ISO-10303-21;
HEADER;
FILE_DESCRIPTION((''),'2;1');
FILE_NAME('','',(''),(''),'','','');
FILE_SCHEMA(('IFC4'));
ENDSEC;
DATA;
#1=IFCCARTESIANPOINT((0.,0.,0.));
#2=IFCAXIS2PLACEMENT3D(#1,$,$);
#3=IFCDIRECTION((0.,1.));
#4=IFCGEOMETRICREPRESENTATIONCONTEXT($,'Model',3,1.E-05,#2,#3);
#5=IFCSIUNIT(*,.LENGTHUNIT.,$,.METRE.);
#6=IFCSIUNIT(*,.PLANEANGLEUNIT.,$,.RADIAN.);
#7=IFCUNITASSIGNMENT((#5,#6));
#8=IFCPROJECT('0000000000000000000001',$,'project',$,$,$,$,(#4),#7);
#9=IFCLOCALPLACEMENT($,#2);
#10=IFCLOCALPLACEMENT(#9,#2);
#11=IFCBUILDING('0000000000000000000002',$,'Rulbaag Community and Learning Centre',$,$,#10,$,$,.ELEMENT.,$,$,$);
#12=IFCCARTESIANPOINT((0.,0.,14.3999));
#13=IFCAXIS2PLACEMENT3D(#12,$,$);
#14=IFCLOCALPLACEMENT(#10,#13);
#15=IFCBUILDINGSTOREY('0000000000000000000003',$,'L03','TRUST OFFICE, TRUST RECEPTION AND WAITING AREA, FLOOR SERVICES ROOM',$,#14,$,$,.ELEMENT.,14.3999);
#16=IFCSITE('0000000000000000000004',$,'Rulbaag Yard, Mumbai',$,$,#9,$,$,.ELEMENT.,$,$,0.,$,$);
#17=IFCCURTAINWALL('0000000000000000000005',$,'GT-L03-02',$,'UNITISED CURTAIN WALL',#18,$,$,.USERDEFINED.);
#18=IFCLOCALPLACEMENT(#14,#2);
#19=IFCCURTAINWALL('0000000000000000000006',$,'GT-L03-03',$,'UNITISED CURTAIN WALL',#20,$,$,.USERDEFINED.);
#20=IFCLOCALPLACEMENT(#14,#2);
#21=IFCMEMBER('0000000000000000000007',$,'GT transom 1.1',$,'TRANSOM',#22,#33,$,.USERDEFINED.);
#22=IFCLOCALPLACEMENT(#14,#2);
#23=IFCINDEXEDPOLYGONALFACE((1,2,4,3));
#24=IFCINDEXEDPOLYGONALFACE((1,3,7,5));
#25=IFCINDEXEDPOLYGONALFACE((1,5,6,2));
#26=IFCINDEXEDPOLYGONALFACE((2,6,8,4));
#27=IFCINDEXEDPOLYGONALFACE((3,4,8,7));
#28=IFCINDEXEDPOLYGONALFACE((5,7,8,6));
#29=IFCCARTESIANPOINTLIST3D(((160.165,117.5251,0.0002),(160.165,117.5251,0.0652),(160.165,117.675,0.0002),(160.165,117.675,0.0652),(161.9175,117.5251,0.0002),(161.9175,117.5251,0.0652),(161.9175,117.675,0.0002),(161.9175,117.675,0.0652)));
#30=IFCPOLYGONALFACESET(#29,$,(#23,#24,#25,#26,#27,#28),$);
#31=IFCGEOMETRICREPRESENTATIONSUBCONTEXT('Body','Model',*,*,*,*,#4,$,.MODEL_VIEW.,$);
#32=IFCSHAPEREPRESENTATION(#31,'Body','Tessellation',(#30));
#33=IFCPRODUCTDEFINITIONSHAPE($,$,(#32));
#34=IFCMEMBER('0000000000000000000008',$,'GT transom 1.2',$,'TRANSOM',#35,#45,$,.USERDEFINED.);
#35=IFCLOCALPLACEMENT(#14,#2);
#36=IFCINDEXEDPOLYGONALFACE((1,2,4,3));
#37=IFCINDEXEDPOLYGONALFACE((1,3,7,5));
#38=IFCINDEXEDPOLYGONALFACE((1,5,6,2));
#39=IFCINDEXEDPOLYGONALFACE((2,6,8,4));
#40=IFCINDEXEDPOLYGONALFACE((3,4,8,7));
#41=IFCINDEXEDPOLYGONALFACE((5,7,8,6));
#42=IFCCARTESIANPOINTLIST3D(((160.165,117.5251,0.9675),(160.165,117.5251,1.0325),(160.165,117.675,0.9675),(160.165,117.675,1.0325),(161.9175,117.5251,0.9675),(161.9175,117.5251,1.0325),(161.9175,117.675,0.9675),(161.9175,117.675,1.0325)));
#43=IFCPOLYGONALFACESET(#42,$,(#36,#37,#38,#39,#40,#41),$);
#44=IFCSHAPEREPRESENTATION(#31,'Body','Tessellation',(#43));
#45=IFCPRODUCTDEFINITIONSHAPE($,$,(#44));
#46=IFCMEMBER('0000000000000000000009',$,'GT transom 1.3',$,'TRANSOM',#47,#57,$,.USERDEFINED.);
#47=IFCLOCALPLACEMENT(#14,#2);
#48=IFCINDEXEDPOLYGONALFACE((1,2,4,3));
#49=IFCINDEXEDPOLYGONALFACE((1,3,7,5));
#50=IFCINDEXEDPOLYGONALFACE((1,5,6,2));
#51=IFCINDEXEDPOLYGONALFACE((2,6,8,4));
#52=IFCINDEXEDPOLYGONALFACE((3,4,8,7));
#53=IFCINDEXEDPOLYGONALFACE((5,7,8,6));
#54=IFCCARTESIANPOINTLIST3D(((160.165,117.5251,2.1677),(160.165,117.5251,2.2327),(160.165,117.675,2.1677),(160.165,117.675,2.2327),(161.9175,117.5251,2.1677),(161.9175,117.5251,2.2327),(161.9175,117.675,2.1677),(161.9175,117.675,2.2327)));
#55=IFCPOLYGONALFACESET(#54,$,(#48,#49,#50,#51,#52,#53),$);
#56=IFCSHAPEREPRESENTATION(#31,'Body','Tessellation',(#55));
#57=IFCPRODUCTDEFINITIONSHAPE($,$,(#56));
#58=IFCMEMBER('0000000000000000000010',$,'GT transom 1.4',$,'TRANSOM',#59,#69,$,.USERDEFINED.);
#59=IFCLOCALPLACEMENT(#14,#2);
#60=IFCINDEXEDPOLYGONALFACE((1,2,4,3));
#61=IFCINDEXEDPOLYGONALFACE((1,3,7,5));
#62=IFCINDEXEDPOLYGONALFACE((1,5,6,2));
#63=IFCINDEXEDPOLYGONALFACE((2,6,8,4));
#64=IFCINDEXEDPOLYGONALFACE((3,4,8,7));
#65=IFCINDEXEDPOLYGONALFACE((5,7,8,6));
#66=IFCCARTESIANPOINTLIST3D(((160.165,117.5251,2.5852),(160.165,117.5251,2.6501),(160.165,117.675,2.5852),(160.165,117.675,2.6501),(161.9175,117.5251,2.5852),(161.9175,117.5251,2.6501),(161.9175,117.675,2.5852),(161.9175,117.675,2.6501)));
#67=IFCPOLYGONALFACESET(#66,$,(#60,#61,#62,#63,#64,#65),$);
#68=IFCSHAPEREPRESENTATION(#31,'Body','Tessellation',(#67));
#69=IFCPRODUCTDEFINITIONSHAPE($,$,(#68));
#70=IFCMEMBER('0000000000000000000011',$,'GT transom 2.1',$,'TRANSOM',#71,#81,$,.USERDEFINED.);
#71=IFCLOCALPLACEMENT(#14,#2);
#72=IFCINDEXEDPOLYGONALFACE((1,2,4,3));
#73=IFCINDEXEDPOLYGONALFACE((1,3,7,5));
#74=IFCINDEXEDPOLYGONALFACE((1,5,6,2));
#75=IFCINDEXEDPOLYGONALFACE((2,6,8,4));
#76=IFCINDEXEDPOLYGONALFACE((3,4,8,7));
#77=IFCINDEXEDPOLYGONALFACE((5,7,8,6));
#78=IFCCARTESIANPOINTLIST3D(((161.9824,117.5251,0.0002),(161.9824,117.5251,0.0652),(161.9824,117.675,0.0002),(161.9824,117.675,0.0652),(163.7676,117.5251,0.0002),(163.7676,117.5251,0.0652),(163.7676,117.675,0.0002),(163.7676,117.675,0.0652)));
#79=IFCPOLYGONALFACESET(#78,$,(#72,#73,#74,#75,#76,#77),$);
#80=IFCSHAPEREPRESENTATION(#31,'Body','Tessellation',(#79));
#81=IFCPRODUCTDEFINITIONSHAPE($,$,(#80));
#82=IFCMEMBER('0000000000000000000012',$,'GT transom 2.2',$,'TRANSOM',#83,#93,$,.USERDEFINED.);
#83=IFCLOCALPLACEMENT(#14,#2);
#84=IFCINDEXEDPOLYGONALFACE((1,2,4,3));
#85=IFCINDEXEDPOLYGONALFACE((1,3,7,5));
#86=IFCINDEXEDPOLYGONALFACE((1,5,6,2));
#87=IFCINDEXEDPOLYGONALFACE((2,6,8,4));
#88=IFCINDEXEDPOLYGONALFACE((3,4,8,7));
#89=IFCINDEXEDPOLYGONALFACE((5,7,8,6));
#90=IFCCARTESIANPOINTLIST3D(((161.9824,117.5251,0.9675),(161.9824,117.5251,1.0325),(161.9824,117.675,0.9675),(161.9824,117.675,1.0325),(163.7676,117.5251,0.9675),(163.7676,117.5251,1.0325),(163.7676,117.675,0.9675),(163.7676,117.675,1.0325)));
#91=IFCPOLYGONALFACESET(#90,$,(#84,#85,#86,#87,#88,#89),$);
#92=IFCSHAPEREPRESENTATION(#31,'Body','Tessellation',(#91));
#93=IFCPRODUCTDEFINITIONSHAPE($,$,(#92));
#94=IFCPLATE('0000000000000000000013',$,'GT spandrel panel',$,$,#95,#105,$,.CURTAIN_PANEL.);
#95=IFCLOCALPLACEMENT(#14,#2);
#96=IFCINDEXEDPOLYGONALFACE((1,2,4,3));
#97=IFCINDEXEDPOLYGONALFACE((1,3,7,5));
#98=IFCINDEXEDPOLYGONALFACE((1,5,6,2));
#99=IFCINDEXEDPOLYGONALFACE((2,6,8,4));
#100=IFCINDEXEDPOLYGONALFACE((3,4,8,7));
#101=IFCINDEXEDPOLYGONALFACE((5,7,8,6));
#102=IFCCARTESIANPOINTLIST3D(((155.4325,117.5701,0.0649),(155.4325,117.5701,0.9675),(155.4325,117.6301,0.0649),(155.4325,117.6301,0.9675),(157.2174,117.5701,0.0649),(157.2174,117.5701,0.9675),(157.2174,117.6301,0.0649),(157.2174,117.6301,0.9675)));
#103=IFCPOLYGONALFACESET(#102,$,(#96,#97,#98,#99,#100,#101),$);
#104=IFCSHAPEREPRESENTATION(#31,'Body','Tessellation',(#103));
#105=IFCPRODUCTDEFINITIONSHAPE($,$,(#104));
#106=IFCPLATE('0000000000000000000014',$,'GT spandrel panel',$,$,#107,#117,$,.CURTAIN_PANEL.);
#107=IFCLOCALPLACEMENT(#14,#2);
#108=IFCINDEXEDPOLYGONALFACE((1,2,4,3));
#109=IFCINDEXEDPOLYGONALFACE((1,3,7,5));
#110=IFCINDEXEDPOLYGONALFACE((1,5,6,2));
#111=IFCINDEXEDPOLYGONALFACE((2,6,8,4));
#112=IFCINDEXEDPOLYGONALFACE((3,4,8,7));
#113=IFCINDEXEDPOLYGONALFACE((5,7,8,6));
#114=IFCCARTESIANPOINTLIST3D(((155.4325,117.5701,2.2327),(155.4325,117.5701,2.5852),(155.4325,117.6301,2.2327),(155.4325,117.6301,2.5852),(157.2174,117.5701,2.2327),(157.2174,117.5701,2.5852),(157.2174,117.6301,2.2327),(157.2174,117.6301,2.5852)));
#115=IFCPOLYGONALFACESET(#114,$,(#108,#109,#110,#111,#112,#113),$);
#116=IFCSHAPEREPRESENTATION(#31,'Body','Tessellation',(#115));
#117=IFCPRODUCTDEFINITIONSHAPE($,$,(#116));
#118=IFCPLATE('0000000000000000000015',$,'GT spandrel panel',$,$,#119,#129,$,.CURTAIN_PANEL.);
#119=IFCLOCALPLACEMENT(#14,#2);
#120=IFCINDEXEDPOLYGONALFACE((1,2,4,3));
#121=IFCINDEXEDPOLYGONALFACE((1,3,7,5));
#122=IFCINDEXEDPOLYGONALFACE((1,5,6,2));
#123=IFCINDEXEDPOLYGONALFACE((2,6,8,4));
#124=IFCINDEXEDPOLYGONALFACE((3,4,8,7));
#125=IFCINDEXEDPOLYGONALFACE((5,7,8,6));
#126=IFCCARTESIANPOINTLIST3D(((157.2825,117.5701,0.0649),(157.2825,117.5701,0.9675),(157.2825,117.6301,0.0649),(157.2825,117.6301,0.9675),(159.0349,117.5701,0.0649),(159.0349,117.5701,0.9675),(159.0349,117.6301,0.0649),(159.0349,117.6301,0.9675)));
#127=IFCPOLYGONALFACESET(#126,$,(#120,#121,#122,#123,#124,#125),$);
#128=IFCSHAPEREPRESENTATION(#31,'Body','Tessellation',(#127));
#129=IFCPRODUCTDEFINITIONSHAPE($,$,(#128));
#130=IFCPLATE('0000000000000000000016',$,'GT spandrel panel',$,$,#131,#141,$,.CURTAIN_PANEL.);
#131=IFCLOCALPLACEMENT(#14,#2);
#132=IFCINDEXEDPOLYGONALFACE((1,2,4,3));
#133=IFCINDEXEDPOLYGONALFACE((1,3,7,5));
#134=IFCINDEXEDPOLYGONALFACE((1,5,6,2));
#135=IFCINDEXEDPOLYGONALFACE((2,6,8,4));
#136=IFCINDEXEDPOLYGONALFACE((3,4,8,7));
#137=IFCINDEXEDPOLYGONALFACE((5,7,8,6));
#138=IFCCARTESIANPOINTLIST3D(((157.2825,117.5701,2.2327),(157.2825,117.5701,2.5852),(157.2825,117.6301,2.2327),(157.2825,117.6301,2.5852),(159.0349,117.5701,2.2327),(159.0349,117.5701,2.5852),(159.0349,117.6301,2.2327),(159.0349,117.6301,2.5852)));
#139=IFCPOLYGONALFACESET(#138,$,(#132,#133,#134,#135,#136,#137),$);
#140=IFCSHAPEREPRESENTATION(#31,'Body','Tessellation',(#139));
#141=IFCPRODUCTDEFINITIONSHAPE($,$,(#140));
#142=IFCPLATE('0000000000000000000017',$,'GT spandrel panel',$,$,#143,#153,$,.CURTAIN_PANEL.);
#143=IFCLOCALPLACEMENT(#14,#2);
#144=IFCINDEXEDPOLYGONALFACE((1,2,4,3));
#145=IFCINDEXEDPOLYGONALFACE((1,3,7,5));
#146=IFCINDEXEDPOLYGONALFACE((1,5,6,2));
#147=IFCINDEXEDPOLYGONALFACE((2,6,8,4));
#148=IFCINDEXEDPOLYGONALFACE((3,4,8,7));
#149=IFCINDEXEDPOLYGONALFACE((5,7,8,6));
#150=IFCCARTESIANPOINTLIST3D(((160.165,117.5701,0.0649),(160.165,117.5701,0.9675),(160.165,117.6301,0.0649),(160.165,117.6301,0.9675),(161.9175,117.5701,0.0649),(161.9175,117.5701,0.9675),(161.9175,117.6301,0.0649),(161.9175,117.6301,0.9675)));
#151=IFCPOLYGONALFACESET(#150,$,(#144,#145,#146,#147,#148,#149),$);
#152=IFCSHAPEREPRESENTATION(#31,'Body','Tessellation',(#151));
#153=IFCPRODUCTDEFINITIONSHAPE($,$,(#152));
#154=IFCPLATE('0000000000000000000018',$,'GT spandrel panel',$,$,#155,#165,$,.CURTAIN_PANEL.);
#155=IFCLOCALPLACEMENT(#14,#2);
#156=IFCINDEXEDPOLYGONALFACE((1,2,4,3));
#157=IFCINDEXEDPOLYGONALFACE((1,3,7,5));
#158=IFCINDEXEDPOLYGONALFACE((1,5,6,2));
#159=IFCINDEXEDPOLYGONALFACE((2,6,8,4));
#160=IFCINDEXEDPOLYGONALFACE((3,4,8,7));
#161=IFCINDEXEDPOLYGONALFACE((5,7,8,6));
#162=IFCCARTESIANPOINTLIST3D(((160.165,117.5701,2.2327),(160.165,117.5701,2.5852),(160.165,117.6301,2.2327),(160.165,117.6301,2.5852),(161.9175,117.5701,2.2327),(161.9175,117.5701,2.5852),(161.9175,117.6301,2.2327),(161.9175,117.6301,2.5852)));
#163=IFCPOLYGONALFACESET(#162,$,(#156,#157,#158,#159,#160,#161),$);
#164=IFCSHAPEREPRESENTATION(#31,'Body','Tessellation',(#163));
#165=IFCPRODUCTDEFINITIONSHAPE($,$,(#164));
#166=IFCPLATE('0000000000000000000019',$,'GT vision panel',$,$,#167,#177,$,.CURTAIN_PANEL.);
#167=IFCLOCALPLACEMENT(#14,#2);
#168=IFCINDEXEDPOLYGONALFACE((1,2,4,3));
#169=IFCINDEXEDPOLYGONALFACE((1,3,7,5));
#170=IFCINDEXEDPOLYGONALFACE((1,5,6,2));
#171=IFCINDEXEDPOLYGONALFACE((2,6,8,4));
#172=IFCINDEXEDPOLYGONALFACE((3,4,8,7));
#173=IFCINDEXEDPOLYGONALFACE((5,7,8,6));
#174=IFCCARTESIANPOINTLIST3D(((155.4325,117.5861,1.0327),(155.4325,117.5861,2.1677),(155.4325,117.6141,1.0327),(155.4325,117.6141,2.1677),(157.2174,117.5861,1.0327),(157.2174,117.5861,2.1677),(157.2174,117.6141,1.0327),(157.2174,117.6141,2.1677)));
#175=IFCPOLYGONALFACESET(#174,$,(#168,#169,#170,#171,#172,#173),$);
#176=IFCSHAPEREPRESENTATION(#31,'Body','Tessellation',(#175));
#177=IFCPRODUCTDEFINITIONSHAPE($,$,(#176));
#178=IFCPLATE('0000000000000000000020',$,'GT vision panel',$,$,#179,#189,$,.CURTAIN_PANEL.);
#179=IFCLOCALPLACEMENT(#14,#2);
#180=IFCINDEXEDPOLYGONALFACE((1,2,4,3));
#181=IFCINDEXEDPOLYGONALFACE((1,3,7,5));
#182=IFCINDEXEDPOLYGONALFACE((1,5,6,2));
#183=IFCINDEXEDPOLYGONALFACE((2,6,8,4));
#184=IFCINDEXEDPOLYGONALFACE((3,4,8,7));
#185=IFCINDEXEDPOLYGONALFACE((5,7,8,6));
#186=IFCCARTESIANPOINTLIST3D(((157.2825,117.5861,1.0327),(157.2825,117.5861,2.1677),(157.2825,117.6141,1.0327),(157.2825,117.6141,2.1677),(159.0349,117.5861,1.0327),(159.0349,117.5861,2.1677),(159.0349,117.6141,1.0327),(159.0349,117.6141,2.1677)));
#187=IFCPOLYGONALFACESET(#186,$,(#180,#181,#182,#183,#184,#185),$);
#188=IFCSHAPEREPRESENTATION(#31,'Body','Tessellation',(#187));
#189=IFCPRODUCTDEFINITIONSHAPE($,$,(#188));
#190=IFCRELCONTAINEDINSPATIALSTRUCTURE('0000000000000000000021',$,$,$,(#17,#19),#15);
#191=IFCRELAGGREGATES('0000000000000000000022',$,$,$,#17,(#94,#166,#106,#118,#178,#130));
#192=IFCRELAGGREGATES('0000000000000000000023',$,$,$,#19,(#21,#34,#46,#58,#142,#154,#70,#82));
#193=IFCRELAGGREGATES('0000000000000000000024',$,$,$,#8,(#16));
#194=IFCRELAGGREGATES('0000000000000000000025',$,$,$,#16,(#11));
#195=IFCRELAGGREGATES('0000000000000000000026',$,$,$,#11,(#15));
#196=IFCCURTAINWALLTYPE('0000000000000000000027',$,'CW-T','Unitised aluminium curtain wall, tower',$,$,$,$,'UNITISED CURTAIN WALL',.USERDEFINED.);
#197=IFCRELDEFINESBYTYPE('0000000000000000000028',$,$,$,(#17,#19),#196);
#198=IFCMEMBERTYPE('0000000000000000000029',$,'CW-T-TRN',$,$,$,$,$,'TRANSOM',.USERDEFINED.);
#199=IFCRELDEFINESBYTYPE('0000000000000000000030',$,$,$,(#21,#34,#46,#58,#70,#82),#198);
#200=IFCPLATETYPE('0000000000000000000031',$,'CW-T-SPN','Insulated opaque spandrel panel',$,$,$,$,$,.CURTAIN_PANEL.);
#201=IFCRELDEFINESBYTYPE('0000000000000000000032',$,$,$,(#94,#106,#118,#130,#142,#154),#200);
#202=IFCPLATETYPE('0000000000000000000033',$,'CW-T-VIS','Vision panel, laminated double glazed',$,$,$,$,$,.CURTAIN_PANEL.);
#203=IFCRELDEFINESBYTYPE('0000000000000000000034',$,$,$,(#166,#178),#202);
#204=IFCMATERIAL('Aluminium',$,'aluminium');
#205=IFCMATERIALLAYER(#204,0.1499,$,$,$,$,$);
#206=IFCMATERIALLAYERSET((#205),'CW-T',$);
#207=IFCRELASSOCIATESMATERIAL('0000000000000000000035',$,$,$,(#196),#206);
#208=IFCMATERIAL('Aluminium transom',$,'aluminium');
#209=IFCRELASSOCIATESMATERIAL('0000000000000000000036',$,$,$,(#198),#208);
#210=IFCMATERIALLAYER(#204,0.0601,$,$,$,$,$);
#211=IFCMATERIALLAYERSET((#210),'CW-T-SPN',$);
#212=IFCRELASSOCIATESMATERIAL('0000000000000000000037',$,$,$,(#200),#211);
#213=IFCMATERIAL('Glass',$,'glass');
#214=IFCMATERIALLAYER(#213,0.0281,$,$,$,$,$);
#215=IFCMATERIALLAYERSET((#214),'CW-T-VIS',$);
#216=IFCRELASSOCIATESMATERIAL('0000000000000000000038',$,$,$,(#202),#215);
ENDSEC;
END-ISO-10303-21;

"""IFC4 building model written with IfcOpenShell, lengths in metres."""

from ifc_helpers import new_model, si_unit, direction, frame, origin, origin_2d, place, context, subcontext, project, spatial, rectangle, extrude, material, layer, layer_set, material_profile, profile_set, type_object, element, aggregate, save


model = new_model("IFC4")

# Units and contexts
model_context = context("Model", 3, precision=1e-05, world=origin(), true_north=direction((0.0, 1.0)))
body_context = subcontext(model_context, "Body", "Model", "MODEL_VIEW")
ifc_project = project(units=[si_unit("LENGTHUNIT", "METRE"), si_unit("PLANEANGLEUNIT", "RADIAN")], contexts=[model_context])

# Site, building, storey
site_placement = place(None, origin())
site = spatial("IfcSite", under=ifc_project, at=site_placement, Name="Rulbaag Yard, Mumbai", CompositionType="ELEMENT", RefElevation=0.0)
building_placement = place(site_placement, origin())
building = spatial("IfcBuilding", under=site, at=building_placement, Name="Rulbaag Community and Learning Centre", CompositionType="ELEMENT")
storey_placement = place(building_placement, frame((0.0, 0.0, 14.3999)))
storey = spatial("IfcBuildingStorey", under=building, at=storey_placement, Name="L03", Description="TRUST OFFICE, TRUST RECEPTION AND WAITING AREA, FLOOR SERVICES ROOM", CompositionType="ELEMENT", Elevation=14.3999)

# Curtain walls
ifc_material_1 = material(Name="Aluminium", Category="aluminium")
ifc_layer_1 = layer(ifc_material_1, 0.1499)
ifc_layer_set_1 = layer_set([ifc_layer_1], Name="CW-T")
curtain_wall_type = type_object("IfcCurtainWallType", Name="CW-T", Description="Unitised aluminium curtain wall, tower", ElementType="UNITISED CURTAIN WALL", PredefinedType="USERDEFINED", material=ifc_layer_set_1)
curtain_wall_1_placement = place(storey_placement, origin())
curtain_wall_1 = element("IfcCurtainWall", 1, at=curtain_wall_1_placement, inside=storey, type_object=curtain_wall_type, Name="GT-L03-02", ObjectType="UNITISED CURTAIN WALL", PredefinedType="USERDEFINED")
curtain_wall_2_placement = place(storey_placement, origin())
curtain_wall_2 = element("IfcCurtainWall", 2, at=curtain_wall_2_placement, inside=storey, type_object=curtain_wall_type, Name="GT-L03-03", ObjectType="UNITISED CURTAIN WALL", PredefinedType="USERDEFINED")

# Members
ifc_material_2 = material(Name="Aluminium transom", Category="aluminium")
ifc_material_profile_1 = material_profile(ifc_material_2, rectangle(XDim=0.1499, YDim=0.0649, at=origin_2d()), Name="AL 65x150 T")
ifc_profile_set_1 = profile_set([ifc_material_profile_1], Name="Aluminium transom")
member_type_1 = type_object("IfcMemberType", Name="CW-T-TRN", ElementType="TRANSOM", PredefinedType="USERDEFINED", material=ifc_profile_set_1)
member_1_placement = place(storey_placement, frame((160.165, 117.6001, 0.0327), z_axis=(1.0, 0.0, 0.0), x_axis=(0.0, 1.0, 0.0)))
member_1 = element("IfcMember", 3, at=member_1_placement, type_object=member_type_1, Name="GT transom 1.1", ObjectType="TRANSOM", PredefinedType="USERDEFINED", context=body_context, shape_type="SweptSolid", body=[
    extrude(rectangle(XDim=0.1499, YDim=0.0649, at=origin_2d()), origin(), (0.0, 0.0, 1.0), 1.7524),
])
member_2_placement = place(storey_placement, frame((160.165, 117.6001, 1.0), z_axis=(1.0, 0.0, 0.0), x_axis=(0.0, 1.0, 0.0)))
member_2 = element("IfcMember", 4, at=member_2_placement, type_object=member_type_1, Name="GT transom 1.2", ObjectType="TRANSOM", PredefinedType="USERDEFINED", context=body_context, shape_type="SweptSolid", body=[
    extrude(rectangle(XDim=0.1499, YDim=0.0649, at=origin_2d()), origin(), (0.0, 0.0, 1.0), 1.7524),
])
member_3_placement = place(storey_placement, frame((160.165, 117.6001, 2.2002), z_axis=(1.0, 0.0, 0.0), x_axis=(0.0, 1.0, 0.0)))
member_3 = element("IfcMember", 5, at=member_3_placement, type_object=member_type_1, Name="GT transom 1.3", ObjectType="TRANSOM", PredefinedType="USERDEFINED", context=body_context, shape_type="SweptSolid", body=[
    extrude(rectangle(XDim=0.1499, YDim=0.0649, at=origin_2d()), origin(), (0.0, 0.0, 1.0), 1.7524),
])
member_4_placement = place(storey_placement, frame((160.165, 117.6001, 2.6177), z_axis=(1.0, 0.0, 0.0), x_axis=(0.0, 1.0, 0.0)))
member_4 = element("IfcMember", 6, at=member_4_placement, type_object=member_type_1, Name="GT transom 1.4", ObjectType="TRANSOM", PredefinedType="USERDEFINED", context=body_context, shape_type="SweptSolid", body=[
    extrude(rectangle(XDim=0.1499, YDim=0.0649, at=origin_2d()), origin(), (0.0, 0.0, 1.0), 1.7524),
])
member_5_placement = place(storey_placement, frame((161.9824, 117.6001, 0.0327), z_axis=(1.0, 0.0, 0.0), x_axis=(0.0, 1.0, 0.0)))
member_5 = element("IfcMember", 7, at=member_5_placement, type_object=member_type_1, Name="GT transom 2.1", ObjectType="TRANSOM", PredefinedType="USERDEFINED", context=body_context, shape_type="SweptSolid", body=[
    extrude(rectangle(XDim=0.1499, YDim=0.0649, at=origin_2d()), origin(), (0.0, 0.0, 1.0), 1.7852),
])
member_6_placement = place(storey_placement, frame((161.9824, 117.6001, 1.0), z_axis=(1.0, 0.0, 0.0), x_axis=(0.0, 1.0, 0.0)))
member_6 = element("IfcMember", 8, at=member_6_placement, type_object=member_type_1, Name="GT transom 2.2", ObjectType="TRANSOM", PredefinedType="USERDEFINED", context=body_context, shape_type="SweptSolid", body=[
    extrude(rectangle(XDim=0.1499, YDim=0.0649, at=origin_2d()), origin(), (0.0, 0.0, 1.0), 1.7852),
])

# Plates
ifc_layer_2 = layer(ifc_material_1, 0.0601)
ifc_layer_set_2 = layer_set([ifc_layer_2], Name="CW-T-SPN")
plate_type_1 = type_object("IfcPlateType", Name="CW-T-SPN", Description="Insulated opaque spandrel panel", PredefinedType="CURTAIN_PANEL", material=ifc_layer_set_2)
plate_1_placement = place(storey_placement, frame((156.325, 117.6001, 0.0649), z_axis=(0.0, 0.0, 1.0), x_axis=(1.0, 0.0, 0.0)))
plate_1 = element("IfcPlate", 9, at=plate_1_placement, type_object=plate_type_1, Name="GT spandrel panel", PredefinedType="CURTAIN_PANEL", context=body_context, shape_type="SweptSolid", body=[
    extrude(rectangle(XDim=1.7849, YDim=0.0601, at=origin_2d()), origin(), (0.0, 0.0, 1.0), 0.9026),
])
plate_2_placement = place(storey_placement, frame((156.325, 117.6001, 2.2327), z_axis=(0.0, 0.0, 1.0), x_axis=(1.0, 0.0, 0.0)))
plate_2 = element("IfcPlate", 10, at=plate_2_placement, type_object=plate_type_1, Name="GT spandrel panel", PredefinedType="CURTAIN_PANEL", context=body_context, shape_type="SweptSolid", body=[
    extrude(rectangle(XDim=1.7849, YDim=0.0601, at=origin_2d()), origin(), (0.0, 0.0, 1.0), 0.3525),
])
plate_3_placement = place(storey_placement, frame((158.1587, 117.6001, 0.0649), z_axis=(0.0, 0.0, 1.0), x_axis=(1.0, 0.0, 0.0)))
plate_3 = element("IfcPlate", 11, at=plate_3_placement, type_object=plate_type_1, Name="GT spandrel panel", PredefinedType="CURTAIN_PANEL", context=body_context, shape_type="SweptSolid", body=[
    extrude(rectangle(XDim=1.7524, YDim=0.0601, at=origin_2d()), origin(), (0.0, 0.0, 1.0), 0.9026),
])
plate_4_placement = place(storey_placement, frame((158.1587, 117.6001, 2.2327), z_axis=(0.0, 0.0, 1.0), x_axis=(1.0, 0.0, 0.0)))
plate_4 = element("IfcPlate", 12, at=plate_4_placement, type_object=plate_type_1, Name="GT spandrel panel", PredefinedType="CURTAIN_PANEL", context=body_context, shape_type="SweptSolid", body=[
    extrude(rectangle(XDim=1.7524, YDim=0.0601, at=origin_2d()), origin(), (0.0, 0.0, 1.0), 0.3525),
])
plate_5_placement = place(storey_placement, frame((161.0413, 117.6001, 0.0649), z_axis=(0.0, 0.0, 1.0), x_axis=(1.0, 0.0, 0.0)))
plate_5 = element("IfcPlate", 13, at=plate_5_placement, type_object=plate_type_1, Name="GT spandrel panel", PredefinedType="CURTAIN_PANEL", context=body_context, shape_type="SweptSolid", body=[
    extrude(rectangle(XDim=1.7524, YDim=0.0601, at=origin_2d()), origin(), (0.0, 0.0, 1.0), 0.9026),
])
plate_6_placement = place(storey_placement, frame((161.0413, 117.6001, 2.2327), z_axis=(0.0, 0.0, 1.0), x_axis=(1.0, 0.0, 0.0)))
plate_6 = element("IfcPlate", 14, at=plate_6_placement, type_object=plate_type_1, Name="GT spandrel panel", PredefinedType="CURTAIN_PANEL", context=body_context, shape_type="SweptSolid", body=[
    extrude(rectangle(XDim=1.7524, YDim=0.0601, at=origin_2d()), origin(), (0.0, 0.0, 1.0), 0.3525),
])
ifc_material_3 = material(Name="Glass", Category="glass")
ifc_layer_3 = layer(ifc_material_3, 0.0281)
ifc_layer_set_3 = layer_set([ifc_layer_3], Name="CW-T-VIS")
plate_type_2 = type_object("IfcPlateType", Name="CW-T-VIS", Description="Vision panel, laminated double glazed", PredefinedType="CURTAIN_PANEL", material=ifc_layer_set_3)
plate_7_placement = place(storey_placement, frame((156.325, 117.6001, 1.0327), z_axis=(0.0, 0.0, 1.0), x_axis=(1.0, 0.0, 0.0)))
plate_7 = element("IfcPlate", 15, at=plate_7_placement, type_object=plate_type_2, Name="GT vision panel", PredefinedType="CURTAIN_PANEL", context=body_context, shape_type="SweptSolid", body=[
    extrude(rectangle(XDim=1.7849, YDim=0.0281, at=origin_2d()), origin(), (0.0, 0.0, 1.0), 1.135),
])
plate_8_placement = place(storey_placement, frame((158.1587, 117.6001, 1.0327), z_axis=(0.0, 0.0, 1.0), x_axis=(1.0, 0.0, 0.0)))
plate_8 = element("IfcPlate", 16, at=plate_8_placement, type_object=plate_type_2, Name="GT vision panel", PredefinedType="CURTAIN_PANEL", context=body_context, shape_type="SweptSolid", body=[
    extrude(rectangle(XDim=1.7524, YDim=0.0281, at=origin_2d()), origin(), (0.0, 0.0, 1.0), 1.135),
])
aggregate(curtain_wall_1, [plate_1, plate_7, plate_2, plate_3, plate_8, plate_4])
aggregate(curtain_wall_2, [member_1, member_2, member_3, member_4, plate_5, plate_6, member_5, member_6])

save(model, "model.ifc")
